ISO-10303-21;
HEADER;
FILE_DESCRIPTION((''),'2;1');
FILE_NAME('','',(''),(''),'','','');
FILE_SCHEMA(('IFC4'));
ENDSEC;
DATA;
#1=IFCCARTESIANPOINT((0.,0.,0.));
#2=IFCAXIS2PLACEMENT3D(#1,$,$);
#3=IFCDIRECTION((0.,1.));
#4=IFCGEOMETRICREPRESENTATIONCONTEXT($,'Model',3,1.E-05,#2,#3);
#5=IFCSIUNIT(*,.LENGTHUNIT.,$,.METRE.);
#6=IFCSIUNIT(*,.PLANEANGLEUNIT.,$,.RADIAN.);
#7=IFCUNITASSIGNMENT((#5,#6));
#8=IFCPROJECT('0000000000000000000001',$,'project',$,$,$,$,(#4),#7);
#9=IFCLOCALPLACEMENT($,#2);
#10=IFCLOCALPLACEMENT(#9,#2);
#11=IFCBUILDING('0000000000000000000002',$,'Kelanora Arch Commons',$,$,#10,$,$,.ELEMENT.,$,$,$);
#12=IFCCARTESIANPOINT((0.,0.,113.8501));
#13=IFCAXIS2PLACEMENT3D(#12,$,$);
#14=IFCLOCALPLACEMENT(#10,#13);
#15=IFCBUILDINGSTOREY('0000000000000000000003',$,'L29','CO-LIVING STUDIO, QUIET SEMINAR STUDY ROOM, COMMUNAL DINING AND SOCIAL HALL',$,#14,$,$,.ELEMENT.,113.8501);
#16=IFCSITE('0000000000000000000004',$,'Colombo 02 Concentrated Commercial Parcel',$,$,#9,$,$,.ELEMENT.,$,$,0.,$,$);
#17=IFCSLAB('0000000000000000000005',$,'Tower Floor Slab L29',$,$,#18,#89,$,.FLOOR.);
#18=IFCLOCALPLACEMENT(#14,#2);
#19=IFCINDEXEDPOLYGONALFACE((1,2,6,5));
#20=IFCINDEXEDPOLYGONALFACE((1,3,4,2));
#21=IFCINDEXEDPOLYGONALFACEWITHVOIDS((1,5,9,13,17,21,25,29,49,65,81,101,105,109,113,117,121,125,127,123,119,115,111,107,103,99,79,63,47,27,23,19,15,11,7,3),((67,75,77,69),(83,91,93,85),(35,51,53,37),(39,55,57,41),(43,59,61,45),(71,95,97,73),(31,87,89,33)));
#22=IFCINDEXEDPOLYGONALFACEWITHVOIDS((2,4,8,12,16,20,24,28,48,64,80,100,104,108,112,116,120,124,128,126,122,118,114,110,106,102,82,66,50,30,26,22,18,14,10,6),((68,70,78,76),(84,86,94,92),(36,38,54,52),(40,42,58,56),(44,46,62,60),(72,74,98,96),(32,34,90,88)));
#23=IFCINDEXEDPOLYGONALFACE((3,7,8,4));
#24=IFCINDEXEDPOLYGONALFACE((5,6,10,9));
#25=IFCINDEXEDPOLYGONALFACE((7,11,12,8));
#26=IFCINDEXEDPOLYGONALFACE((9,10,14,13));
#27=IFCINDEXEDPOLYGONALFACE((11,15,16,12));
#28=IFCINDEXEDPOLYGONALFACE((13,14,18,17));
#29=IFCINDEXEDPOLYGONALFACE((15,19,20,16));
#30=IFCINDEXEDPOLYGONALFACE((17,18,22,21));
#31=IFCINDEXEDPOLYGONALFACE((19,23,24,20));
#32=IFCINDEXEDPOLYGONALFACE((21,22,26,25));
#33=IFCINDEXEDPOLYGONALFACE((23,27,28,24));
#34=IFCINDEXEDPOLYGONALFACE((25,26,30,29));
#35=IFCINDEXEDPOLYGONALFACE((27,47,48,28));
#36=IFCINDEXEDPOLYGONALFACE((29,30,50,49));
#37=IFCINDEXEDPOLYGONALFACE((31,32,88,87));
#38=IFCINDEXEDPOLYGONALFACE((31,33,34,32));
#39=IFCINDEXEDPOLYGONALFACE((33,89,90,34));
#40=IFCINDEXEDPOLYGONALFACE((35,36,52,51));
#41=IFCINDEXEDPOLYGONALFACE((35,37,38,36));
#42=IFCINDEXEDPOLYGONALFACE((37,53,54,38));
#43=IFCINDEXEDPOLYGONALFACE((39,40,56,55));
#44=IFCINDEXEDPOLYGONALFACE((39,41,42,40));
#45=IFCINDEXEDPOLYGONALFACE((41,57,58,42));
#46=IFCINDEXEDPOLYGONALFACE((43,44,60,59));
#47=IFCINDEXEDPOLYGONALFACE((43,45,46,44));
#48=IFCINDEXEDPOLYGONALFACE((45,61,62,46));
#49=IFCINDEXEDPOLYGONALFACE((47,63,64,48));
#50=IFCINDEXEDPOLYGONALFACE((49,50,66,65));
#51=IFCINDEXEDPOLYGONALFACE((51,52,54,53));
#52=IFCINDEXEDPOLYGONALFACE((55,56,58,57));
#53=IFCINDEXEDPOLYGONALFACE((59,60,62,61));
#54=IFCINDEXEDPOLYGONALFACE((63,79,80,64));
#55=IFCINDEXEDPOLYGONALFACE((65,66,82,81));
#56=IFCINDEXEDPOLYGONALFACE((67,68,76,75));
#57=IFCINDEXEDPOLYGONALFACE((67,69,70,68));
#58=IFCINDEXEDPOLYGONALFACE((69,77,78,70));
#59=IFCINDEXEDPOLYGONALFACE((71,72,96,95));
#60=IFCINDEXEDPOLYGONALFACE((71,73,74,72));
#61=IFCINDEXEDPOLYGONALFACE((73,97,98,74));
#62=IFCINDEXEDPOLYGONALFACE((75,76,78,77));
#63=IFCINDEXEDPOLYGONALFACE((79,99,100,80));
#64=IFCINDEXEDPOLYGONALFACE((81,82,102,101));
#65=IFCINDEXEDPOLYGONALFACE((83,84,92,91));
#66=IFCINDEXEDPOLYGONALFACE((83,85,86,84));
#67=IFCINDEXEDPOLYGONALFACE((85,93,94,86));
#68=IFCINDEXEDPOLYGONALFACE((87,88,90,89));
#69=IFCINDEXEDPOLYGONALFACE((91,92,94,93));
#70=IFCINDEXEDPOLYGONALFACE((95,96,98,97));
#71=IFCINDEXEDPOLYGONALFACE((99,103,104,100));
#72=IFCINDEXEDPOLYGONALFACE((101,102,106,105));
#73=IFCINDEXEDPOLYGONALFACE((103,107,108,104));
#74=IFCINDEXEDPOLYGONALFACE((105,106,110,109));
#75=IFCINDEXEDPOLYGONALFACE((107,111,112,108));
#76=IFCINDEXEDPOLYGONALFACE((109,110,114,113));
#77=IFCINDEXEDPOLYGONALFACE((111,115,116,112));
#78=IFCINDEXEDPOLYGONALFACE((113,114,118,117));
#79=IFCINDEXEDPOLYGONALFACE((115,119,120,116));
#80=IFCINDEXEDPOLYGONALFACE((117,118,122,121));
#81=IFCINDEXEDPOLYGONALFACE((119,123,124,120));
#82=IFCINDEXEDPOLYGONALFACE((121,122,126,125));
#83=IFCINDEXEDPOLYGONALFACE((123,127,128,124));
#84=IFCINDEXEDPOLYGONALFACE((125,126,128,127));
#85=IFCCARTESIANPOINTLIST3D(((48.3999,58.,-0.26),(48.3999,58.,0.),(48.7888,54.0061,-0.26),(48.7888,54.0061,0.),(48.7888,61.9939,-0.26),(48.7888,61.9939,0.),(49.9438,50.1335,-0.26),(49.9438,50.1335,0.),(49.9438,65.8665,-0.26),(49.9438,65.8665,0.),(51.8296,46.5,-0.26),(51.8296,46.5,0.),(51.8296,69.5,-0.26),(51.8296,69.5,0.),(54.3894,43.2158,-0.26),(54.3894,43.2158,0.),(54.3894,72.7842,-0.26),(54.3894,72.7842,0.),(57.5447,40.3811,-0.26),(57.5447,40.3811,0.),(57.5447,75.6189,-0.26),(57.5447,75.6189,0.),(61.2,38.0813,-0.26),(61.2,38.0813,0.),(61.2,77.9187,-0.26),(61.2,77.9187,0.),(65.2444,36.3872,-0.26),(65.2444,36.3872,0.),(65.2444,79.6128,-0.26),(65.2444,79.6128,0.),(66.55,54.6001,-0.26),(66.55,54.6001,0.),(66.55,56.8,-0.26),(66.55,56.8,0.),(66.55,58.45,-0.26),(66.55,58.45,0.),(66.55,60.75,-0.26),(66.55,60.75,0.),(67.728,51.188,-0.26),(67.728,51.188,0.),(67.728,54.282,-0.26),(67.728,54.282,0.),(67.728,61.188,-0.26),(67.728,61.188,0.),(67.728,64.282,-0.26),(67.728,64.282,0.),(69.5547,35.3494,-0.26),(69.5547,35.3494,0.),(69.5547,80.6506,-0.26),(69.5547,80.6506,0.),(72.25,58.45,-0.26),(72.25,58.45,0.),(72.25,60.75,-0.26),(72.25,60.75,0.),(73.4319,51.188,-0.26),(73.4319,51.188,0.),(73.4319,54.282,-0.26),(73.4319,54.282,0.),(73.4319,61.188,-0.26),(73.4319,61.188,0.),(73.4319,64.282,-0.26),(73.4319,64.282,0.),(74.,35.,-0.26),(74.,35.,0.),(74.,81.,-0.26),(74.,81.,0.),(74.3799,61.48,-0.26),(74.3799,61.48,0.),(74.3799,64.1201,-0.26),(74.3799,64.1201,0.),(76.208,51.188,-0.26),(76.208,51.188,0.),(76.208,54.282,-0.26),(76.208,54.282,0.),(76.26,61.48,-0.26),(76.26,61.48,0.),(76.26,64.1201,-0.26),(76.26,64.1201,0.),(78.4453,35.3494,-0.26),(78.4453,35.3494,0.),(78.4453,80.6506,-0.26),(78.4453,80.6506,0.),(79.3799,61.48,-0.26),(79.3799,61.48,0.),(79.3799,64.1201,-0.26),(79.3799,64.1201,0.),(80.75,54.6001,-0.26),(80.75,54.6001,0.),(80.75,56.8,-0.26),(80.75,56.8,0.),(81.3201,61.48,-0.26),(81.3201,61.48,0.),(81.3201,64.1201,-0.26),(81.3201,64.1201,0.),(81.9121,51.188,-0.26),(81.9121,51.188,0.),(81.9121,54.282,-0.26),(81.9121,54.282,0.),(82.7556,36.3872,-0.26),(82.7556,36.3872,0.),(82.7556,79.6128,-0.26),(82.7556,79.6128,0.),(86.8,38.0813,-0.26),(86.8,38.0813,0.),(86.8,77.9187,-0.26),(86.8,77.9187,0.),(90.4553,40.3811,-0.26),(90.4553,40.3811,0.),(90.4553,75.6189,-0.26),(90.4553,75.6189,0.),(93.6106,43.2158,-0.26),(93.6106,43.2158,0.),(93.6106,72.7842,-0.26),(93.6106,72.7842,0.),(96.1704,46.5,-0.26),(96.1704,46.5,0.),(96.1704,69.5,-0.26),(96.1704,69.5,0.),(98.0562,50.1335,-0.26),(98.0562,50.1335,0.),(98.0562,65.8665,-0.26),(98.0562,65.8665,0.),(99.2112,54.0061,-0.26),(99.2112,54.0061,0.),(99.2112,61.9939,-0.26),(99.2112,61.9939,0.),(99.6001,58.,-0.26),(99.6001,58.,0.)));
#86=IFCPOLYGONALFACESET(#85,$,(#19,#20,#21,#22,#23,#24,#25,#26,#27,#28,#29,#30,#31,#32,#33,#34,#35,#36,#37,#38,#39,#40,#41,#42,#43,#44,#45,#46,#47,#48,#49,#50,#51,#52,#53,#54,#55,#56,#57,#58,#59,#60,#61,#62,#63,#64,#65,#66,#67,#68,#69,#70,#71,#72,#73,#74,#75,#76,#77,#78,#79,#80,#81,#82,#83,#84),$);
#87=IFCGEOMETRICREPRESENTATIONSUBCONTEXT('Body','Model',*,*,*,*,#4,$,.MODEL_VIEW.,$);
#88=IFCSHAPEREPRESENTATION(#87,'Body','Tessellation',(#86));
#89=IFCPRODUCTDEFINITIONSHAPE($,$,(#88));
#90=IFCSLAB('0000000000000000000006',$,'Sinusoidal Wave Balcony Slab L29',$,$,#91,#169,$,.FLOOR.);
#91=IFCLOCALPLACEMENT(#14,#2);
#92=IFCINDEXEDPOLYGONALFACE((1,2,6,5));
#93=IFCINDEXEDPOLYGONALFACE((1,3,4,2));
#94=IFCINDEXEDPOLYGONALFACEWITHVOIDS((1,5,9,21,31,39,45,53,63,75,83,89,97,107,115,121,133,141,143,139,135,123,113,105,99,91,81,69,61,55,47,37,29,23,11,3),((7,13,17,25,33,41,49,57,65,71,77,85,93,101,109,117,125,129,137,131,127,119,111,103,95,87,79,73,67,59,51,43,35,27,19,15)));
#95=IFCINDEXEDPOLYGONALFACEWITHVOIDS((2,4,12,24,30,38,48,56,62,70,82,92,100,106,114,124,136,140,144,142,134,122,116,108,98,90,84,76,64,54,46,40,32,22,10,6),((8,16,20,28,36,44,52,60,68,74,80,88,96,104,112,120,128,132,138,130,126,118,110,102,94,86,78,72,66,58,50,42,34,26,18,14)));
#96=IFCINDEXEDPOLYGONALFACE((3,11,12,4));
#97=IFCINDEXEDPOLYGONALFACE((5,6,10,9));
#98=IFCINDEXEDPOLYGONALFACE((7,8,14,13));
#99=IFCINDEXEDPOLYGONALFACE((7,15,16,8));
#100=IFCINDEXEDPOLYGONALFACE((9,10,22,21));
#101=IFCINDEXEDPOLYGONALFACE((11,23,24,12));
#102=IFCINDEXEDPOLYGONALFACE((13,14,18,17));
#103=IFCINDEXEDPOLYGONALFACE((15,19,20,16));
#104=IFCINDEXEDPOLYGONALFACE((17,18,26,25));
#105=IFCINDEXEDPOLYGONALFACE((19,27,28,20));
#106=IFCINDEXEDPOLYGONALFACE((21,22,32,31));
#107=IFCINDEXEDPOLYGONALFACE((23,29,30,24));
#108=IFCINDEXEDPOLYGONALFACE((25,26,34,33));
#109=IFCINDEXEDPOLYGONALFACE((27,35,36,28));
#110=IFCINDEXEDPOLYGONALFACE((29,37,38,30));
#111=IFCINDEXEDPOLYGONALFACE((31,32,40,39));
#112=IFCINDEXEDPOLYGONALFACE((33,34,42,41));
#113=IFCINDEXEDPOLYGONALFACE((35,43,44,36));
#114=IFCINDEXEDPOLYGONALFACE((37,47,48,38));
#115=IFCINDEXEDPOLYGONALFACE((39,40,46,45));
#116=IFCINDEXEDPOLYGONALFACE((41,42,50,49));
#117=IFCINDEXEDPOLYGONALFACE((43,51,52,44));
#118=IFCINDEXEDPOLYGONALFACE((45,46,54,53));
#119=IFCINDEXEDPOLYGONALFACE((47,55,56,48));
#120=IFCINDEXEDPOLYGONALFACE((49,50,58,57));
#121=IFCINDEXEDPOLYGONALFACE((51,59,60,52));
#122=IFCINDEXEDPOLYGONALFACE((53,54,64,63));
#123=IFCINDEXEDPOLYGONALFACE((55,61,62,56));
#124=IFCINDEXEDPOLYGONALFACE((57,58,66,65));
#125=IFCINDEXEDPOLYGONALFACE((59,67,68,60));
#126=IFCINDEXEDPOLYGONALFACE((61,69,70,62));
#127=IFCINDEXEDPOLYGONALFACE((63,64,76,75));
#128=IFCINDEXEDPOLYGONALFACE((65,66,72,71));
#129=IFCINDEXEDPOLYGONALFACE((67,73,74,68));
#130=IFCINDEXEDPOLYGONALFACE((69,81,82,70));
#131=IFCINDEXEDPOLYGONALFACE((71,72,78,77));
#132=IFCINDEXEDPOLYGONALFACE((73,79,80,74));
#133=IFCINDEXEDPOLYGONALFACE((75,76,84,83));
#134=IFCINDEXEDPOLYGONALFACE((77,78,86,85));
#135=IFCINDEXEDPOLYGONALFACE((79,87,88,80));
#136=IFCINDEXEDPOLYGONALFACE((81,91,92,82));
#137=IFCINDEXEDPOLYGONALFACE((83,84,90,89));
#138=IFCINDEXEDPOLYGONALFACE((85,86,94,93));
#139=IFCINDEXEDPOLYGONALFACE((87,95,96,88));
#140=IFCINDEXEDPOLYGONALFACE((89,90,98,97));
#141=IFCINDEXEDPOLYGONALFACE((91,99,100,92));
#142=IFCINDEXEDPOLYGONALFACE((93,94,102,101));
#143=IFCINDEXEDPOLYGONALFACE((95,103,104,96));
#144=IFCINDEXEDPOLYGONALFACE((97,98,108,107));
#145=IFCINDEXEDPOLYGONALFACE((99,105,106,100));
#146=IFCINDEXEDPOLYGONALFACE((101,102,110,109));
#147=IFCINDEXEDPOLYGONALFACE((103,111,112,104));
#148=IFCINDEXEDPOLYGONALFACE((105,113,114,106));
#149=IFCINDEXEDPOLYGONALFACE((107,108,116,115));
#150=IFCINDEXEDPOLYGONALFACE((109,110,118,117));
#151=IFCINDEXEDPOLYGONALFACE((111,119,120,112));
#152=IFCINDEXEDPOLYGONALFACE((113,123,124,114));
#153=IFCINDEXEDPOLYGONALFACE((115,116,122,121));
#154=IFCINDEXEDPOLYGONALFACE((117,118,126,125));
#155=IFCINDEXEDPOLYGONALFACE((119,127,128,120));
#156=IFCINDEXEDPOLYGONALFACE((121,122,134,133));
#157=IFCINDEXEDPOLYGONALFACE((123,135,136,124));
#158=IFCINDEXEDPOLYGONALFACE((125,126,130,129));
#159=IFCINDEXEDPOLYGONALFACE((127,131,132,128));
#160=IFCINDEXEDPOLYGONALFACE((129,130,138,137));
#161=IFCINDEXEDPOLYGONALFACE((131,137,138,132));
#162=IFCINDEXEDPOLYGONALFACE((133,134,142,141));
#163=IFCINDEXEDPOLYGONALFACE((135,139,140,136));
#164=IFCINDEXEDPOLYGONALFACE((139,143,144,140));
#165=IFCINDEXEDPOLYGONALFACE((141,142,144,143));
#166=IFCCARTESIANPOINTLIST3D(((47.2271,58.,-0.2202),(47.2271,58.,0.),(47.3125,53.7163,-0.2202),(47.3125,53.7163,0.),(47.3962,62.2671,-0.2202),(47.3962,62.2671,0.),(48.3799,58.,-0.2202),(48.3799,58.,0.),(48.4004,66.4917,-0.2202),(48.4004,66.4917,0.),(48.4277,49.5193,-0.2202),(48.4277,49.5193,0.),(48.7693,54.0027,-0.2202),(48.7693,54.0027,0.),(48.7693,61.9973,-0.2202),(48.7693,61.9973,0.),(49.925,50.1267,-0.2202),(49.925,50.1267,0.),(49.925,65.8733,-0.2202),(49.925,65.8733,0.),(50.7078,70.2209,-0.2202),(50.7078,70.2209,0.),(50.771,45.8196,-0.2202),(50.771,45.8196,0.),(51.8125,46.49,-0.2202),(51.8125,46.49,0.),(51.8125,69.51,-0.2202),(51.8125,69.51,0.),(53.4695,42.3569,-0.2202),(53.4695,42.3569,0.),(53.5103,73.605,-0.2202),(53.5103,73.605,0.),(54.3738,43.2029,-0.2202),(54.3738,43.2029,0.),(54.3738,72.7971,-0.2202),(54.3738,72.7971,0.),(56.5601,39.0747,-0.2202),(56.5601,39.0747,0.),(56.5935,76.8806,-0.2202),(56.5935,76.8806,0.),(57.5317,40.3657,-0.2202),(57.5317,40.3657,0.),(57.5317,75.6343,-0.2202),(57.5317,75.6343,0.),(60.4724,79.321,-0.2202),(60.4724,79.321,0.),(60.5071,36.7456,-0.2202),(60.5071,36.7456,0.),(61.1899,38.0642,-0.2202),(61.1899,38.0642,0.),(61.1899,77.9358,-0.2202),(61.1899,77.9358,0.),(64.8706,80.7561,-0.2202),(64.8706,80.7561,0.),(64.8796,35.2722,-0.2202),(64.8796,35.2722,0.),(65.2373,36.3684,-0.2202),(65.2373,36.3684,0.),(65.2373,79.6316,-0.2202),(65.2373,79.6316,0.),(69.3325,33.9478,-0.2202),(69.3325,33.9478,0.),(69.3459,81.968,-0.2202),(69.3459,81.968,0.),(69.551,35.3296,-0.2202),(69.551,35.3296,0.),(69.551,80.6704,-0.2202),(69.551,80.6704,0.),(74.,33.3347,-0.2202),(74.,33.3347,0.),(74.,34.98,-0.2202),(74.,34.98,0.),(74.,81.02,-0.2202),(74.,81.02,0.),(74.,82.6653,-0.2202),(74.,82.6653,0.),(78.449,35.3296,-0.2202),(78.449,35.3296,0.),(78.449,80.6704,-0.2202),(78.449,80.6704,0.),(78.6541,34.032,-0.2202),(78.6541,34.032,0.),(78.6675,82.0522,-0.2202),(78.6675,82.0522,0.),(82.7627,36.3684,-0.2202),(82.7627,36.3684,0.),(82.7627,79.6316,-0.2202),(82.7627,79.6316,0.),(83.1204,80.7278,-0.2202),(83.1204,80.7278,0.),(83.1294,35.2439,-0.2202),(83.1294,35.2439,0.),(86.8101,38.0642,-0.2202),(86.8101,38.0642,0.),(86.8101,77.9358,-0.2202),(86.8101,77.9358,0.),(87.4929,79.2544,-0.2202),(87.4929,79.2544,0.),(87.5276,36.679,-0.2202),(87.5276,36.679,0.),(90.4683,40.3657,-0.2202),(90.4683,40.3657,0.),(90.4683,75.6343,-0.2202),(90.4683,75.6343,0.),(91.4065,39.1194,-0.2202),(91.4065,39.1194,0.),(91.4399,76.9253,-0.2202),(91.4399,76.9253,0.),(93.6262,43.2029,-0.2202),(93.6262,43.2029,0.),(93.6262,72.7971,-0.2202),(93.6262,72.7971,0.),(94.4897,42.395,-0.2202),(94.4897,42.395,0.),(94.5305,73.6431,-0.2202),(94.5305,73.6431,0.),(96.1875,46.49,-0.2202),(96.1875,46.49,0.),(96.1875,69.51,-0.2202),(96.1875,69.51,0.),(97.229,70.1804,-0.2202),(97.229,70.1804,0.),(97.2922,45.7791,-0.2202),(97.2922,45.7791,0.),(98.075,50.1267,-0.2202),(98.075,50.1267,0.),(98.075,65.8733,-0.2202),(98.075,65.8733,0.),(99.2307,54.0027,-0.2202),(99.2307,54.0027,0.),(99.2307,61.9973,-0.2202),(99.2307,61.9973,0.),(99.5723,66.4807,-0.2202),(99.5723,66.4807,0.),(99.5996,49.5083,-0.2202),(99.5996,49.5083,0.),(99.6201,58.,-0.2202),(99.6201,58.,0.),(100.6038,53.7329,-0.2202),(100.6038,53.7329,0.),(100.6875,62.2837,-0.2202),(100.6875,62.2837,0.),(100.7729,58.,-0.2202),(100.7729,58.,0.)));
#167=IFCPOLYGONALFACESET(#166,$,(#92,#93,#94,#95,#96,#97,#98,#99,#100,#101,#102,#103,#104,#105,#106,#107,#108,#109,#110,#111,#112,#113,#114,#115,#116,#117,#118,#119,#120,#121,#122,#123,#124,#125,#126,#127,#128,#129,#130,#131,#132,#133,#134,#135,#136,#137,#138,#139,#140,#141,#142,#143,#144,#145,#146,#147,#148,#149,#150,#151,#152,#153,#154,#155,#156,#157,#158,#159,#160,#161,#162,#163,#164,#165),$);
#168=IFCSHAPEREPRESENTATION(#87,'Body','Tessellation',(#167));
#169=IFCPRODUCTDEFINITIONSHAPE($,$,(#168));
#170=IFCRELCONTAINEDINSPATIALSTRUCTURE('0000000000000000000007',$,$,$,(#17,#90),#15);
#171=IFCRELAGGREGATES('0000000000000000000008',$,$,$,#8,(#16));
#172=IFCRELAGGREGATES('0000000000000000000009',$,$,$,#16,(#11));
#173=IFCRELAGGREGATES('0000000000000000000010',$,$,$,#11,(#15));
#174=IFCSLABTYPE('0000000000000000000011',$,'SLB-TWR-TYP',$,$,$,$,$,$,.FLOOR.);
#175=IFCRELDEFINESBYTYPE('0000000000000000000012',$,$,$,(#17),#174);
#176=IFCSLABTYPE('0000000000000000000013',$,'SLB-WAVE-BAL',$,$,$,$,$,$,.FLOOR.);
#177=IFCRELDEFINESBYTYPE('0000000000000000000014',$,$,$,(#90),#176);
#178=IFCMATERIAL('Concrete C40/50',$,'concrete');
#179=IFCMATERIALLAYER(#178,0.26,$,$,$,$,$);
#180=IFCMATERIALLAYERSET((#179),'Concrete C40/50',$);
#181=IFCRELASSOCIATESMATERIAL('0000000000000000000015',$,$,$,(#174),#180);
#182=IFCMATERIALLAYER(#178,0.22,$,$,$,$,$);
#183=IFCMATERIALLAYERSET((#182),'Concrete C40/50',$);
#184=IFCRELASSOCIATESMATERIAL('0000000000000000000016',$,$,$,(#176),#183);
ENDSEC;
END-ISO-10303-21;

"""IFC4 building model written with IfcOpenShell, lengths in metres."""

from ifc_helpers import new_model, si_unit, direction, frame, origin, place, context, subcontext, project, spatial, polyline, outline, extrude, material, layer, layer_set, type_object, element, save


model = new_model("IFC4")

# Units and contexts
model_context = context("Model", 3, precision=1e-05, world=origin(), true_north=direction((0.0, 1.0)))
body_context = subcontext(model_context, "Body", "Model", "MODEL_VIEW")
ifc_project = project(units=[si_unit("LENGTHUNIT", "METRE"), si_unit("PLANEANGLEUNIT", "RADIAN")], contexts=[model_context])

# Site, building, storey
site_placement = place(None, origin())
site = spatial("IfcSite", under=ifc_project, at=site_placement, Name="Colombo 02 Concentrated Commercial Parcel", CompositionType="ELEMENT", RefElevation=0.0)
building_placement = place(site_placement, origin())
building = spatial("IfcBuilding", under=site, at=building_placement, Name="Kelanora Arch Commons", CompositionType="ELEMENT")
storey_placement = place(building_placement, frame((0.0, 0.0, 113.8501)))
storey = spatial("IfcBuildingStorey", under=building, at=storey_placement, Name="L29", Description="CO-LIVING STUDIO, QUIET SEMINAR STUDY ROOM, COMMUNAL DINING AND SOCIAL HALL", CompositionType="ELEMENT", Elevation=113.8501)

# Shared definitions
ifc_material_1 = material(Name="Concrete C40/50", Category="concrete")

# Slabs
ifc_layer_1 = layer(ifc_material_1, 0.26)
ifc_layer_set_1 = layer_set([ifc_layer_1], Name="Concrete C40/50")
slab_type_1 = type_object("IfcSlabType", Name="SLB-TWR-TYP", PredefinedType="FLOOR", material=ifc_layer_set_1)
slab_1_placement = place(storey_placement, frame((0.0, 0.0, -0.26)))
element("IfcSlab", 1, at=slab_1_placement, inside=storey, type_object=slab_type_1, Name="Tower Floor Slab L29", PredefinedType="FLOOR", context=body_context, shape_type="SweptSolid", body=[
    extrude(outline(polyline([(99.6001, 58.0), (99.2112, 61.9939), (98.0562, 65.8665), (96.1704, 69.5), (93.6106, 72.7842), (90.4553, 75.6189), (86.8, 77.9187), (82.7556, 79.6128), (78.4453, 80.6506), (74.0, 81.0), (69.5547, 80.6506), (65.2444, 79.6128), (61.2, 77.9187), (57.5447, 75.6189), (54.3894, 72.7842), (51.8296, 69.5), (49.9438, 65.8665), (48.7888, 61.9939), (48.3999, 58.0), (48.7888, 54.0061), (49.9438, 50.1335), (51.8296, 46.5), (54.3894, 43.2158), (57.5447, 40.3811), (61.2, 38.0813), (65.2444, 36.3872), (69.5547, 35.3494), (74.0, 35.0), (78.4453, 35.3494), (82.7556, 36.3872), (86.8, 38.0813), (90.4553, 40.3811), (93.6106, 43.2158), (96.1704, 46.5), (98.0562, 50.1335), (99.2112, 54.0061), (99.6001, 58.0)]), holes=[polyline([(73.4319, 51.188), (67.728, 51.188), (67.728, 54.282), (73.4319, 54.282), (73.4319, 51.188)]), polyline([(76.208, 51.188), (76.208, 54.282), (81.9121, 54.282), (81.9121, 51.188), (76.208, 51.188)]), polyline([(66.55, 54.6001), (66.55, 56.8), (80.75, 56.8), (80.75, 54.6001), (66.55, 54.6001)]), polyline([(66.55, 58.45), (66.55, 60.75), (72.25, 60.75), (72.25, 58.45), (66.55, 58.45)]), polyline([(67.728, 61.188), (67.728, 64.282), (73.4319, 64.282), (73.4319, 61.188), (67.728, 61.188)]), polyline([(74.3799, 61.48), (74.3799, 64.1201), (76.26, 64.1201), (76.26, 61.48), (74.3799, 61.48)]), polyline([(79.3799, 61.48), (79.3799, 64.1201), (81.3201, 64.1201), (81.3201, 61.48), (79.3799, 61.48)])]), origin(), (0.0, 0.0, 1.0), 0.26),
])
ifc_layer_2 = layer(ifc_material_1, 0.22)
ifc_layer_set_2 = layer_set([ifc_layer_2], Name="Concrete C40/50")
slab_type_2 = type_object("IfcSlabType", Name="SLB-WAVE-BAL", PredefinedType="FLOOR", material=ifc_layer_set_2)
slab_2_placement = place(storey_placement, frame((0.0, 0.0, -0.2202)))
element("IfcSlab", 2, at=slab_2_placement, inside=storey, type_object=slab_type_2, Name="Sinusoidal Wave Balcony Slab L29", PredefinedType="FLOOR", context=body_context, shape_type="SweptSolid", body=[
    extrude(outline(polyline([(100.7729, 58.0), (100.6875, 62.2837), (99.5723, 66.4807), (97.229, 70.1804), (94.5305, 73.6431), (91.4399, 76.9253), (87.4929, 79.2544), (83.1204, 80.7278), (78.6675, 82.0522), (74.0, 82.6653), (69.3459, 81.968), (64.8706, 80.7561), (60.4724, 79.321), (56.5935, 76.8806), (53.5103, 73.605), (50.7078, 70.2209), (48.4004, 66.4917), (47.3962, 62.2671), (47.2271, 58.0), (47.3125, 53.7163), (48.4277, 49.5193), (50.771, 45.8196), (53.4695, 42.3569), (56.5601, 39.0747), (60.5071, 36.7456), (64.8796, 35.2722), (69.3325, 33.9478), (74.0, 33.3347), (78.6541, 34.032), (83.1294, 35.2439), (87.5276, 36.679), (91.4065, 39.1194), (94.4897, 42.395), (97.2922, 45.7791), (99.5996, 49.5083), (100.6038, 53.7329), (100.7729, 58.0)]), holes=[polyline([(99.2307, 54.0027), (98.075, 50.1267), (96.1875, 46.49), (93.6262, 43.2029), (90.4683, 40.3657), (86.8101, 38.0642), (82.7627, 36.3684), (78.449, 35.3296), (74.0, 34.98), (69.551, 35.3296), (65.2373, 36.3684), (61.1899, 38.0642), (57.5317, 40.3657), (54.3738, 43.2029), (51.8125, 46.49), (49.925, 50.1267), (48.7693, 54.0027), (48.3799, 58.0), (48.7693, 61.9973), (49.925, 65.8733), (51.8125, 69.51), (54.3738, 72.7971), (57.5317, 75.6343), (61.1899, 77.9358), (65.2373, 79.6316), (69.551, 80.6704), (74.0, 81.02), (78.449, 80.6704), (82.7627, 79.6316), (86.8101, 77.9358), (90.4683, 75.6343), (93.6262, 72.7971), (96.1875, 69.51), (98.075, 65.8733), (99.2307, 61.9973), (99.6201, 58.0), (99.2307, 54.0027)])]), origin(), (0.0, 0.0, 1.0), 0.2202),
])

save(model, "model.ifc")
